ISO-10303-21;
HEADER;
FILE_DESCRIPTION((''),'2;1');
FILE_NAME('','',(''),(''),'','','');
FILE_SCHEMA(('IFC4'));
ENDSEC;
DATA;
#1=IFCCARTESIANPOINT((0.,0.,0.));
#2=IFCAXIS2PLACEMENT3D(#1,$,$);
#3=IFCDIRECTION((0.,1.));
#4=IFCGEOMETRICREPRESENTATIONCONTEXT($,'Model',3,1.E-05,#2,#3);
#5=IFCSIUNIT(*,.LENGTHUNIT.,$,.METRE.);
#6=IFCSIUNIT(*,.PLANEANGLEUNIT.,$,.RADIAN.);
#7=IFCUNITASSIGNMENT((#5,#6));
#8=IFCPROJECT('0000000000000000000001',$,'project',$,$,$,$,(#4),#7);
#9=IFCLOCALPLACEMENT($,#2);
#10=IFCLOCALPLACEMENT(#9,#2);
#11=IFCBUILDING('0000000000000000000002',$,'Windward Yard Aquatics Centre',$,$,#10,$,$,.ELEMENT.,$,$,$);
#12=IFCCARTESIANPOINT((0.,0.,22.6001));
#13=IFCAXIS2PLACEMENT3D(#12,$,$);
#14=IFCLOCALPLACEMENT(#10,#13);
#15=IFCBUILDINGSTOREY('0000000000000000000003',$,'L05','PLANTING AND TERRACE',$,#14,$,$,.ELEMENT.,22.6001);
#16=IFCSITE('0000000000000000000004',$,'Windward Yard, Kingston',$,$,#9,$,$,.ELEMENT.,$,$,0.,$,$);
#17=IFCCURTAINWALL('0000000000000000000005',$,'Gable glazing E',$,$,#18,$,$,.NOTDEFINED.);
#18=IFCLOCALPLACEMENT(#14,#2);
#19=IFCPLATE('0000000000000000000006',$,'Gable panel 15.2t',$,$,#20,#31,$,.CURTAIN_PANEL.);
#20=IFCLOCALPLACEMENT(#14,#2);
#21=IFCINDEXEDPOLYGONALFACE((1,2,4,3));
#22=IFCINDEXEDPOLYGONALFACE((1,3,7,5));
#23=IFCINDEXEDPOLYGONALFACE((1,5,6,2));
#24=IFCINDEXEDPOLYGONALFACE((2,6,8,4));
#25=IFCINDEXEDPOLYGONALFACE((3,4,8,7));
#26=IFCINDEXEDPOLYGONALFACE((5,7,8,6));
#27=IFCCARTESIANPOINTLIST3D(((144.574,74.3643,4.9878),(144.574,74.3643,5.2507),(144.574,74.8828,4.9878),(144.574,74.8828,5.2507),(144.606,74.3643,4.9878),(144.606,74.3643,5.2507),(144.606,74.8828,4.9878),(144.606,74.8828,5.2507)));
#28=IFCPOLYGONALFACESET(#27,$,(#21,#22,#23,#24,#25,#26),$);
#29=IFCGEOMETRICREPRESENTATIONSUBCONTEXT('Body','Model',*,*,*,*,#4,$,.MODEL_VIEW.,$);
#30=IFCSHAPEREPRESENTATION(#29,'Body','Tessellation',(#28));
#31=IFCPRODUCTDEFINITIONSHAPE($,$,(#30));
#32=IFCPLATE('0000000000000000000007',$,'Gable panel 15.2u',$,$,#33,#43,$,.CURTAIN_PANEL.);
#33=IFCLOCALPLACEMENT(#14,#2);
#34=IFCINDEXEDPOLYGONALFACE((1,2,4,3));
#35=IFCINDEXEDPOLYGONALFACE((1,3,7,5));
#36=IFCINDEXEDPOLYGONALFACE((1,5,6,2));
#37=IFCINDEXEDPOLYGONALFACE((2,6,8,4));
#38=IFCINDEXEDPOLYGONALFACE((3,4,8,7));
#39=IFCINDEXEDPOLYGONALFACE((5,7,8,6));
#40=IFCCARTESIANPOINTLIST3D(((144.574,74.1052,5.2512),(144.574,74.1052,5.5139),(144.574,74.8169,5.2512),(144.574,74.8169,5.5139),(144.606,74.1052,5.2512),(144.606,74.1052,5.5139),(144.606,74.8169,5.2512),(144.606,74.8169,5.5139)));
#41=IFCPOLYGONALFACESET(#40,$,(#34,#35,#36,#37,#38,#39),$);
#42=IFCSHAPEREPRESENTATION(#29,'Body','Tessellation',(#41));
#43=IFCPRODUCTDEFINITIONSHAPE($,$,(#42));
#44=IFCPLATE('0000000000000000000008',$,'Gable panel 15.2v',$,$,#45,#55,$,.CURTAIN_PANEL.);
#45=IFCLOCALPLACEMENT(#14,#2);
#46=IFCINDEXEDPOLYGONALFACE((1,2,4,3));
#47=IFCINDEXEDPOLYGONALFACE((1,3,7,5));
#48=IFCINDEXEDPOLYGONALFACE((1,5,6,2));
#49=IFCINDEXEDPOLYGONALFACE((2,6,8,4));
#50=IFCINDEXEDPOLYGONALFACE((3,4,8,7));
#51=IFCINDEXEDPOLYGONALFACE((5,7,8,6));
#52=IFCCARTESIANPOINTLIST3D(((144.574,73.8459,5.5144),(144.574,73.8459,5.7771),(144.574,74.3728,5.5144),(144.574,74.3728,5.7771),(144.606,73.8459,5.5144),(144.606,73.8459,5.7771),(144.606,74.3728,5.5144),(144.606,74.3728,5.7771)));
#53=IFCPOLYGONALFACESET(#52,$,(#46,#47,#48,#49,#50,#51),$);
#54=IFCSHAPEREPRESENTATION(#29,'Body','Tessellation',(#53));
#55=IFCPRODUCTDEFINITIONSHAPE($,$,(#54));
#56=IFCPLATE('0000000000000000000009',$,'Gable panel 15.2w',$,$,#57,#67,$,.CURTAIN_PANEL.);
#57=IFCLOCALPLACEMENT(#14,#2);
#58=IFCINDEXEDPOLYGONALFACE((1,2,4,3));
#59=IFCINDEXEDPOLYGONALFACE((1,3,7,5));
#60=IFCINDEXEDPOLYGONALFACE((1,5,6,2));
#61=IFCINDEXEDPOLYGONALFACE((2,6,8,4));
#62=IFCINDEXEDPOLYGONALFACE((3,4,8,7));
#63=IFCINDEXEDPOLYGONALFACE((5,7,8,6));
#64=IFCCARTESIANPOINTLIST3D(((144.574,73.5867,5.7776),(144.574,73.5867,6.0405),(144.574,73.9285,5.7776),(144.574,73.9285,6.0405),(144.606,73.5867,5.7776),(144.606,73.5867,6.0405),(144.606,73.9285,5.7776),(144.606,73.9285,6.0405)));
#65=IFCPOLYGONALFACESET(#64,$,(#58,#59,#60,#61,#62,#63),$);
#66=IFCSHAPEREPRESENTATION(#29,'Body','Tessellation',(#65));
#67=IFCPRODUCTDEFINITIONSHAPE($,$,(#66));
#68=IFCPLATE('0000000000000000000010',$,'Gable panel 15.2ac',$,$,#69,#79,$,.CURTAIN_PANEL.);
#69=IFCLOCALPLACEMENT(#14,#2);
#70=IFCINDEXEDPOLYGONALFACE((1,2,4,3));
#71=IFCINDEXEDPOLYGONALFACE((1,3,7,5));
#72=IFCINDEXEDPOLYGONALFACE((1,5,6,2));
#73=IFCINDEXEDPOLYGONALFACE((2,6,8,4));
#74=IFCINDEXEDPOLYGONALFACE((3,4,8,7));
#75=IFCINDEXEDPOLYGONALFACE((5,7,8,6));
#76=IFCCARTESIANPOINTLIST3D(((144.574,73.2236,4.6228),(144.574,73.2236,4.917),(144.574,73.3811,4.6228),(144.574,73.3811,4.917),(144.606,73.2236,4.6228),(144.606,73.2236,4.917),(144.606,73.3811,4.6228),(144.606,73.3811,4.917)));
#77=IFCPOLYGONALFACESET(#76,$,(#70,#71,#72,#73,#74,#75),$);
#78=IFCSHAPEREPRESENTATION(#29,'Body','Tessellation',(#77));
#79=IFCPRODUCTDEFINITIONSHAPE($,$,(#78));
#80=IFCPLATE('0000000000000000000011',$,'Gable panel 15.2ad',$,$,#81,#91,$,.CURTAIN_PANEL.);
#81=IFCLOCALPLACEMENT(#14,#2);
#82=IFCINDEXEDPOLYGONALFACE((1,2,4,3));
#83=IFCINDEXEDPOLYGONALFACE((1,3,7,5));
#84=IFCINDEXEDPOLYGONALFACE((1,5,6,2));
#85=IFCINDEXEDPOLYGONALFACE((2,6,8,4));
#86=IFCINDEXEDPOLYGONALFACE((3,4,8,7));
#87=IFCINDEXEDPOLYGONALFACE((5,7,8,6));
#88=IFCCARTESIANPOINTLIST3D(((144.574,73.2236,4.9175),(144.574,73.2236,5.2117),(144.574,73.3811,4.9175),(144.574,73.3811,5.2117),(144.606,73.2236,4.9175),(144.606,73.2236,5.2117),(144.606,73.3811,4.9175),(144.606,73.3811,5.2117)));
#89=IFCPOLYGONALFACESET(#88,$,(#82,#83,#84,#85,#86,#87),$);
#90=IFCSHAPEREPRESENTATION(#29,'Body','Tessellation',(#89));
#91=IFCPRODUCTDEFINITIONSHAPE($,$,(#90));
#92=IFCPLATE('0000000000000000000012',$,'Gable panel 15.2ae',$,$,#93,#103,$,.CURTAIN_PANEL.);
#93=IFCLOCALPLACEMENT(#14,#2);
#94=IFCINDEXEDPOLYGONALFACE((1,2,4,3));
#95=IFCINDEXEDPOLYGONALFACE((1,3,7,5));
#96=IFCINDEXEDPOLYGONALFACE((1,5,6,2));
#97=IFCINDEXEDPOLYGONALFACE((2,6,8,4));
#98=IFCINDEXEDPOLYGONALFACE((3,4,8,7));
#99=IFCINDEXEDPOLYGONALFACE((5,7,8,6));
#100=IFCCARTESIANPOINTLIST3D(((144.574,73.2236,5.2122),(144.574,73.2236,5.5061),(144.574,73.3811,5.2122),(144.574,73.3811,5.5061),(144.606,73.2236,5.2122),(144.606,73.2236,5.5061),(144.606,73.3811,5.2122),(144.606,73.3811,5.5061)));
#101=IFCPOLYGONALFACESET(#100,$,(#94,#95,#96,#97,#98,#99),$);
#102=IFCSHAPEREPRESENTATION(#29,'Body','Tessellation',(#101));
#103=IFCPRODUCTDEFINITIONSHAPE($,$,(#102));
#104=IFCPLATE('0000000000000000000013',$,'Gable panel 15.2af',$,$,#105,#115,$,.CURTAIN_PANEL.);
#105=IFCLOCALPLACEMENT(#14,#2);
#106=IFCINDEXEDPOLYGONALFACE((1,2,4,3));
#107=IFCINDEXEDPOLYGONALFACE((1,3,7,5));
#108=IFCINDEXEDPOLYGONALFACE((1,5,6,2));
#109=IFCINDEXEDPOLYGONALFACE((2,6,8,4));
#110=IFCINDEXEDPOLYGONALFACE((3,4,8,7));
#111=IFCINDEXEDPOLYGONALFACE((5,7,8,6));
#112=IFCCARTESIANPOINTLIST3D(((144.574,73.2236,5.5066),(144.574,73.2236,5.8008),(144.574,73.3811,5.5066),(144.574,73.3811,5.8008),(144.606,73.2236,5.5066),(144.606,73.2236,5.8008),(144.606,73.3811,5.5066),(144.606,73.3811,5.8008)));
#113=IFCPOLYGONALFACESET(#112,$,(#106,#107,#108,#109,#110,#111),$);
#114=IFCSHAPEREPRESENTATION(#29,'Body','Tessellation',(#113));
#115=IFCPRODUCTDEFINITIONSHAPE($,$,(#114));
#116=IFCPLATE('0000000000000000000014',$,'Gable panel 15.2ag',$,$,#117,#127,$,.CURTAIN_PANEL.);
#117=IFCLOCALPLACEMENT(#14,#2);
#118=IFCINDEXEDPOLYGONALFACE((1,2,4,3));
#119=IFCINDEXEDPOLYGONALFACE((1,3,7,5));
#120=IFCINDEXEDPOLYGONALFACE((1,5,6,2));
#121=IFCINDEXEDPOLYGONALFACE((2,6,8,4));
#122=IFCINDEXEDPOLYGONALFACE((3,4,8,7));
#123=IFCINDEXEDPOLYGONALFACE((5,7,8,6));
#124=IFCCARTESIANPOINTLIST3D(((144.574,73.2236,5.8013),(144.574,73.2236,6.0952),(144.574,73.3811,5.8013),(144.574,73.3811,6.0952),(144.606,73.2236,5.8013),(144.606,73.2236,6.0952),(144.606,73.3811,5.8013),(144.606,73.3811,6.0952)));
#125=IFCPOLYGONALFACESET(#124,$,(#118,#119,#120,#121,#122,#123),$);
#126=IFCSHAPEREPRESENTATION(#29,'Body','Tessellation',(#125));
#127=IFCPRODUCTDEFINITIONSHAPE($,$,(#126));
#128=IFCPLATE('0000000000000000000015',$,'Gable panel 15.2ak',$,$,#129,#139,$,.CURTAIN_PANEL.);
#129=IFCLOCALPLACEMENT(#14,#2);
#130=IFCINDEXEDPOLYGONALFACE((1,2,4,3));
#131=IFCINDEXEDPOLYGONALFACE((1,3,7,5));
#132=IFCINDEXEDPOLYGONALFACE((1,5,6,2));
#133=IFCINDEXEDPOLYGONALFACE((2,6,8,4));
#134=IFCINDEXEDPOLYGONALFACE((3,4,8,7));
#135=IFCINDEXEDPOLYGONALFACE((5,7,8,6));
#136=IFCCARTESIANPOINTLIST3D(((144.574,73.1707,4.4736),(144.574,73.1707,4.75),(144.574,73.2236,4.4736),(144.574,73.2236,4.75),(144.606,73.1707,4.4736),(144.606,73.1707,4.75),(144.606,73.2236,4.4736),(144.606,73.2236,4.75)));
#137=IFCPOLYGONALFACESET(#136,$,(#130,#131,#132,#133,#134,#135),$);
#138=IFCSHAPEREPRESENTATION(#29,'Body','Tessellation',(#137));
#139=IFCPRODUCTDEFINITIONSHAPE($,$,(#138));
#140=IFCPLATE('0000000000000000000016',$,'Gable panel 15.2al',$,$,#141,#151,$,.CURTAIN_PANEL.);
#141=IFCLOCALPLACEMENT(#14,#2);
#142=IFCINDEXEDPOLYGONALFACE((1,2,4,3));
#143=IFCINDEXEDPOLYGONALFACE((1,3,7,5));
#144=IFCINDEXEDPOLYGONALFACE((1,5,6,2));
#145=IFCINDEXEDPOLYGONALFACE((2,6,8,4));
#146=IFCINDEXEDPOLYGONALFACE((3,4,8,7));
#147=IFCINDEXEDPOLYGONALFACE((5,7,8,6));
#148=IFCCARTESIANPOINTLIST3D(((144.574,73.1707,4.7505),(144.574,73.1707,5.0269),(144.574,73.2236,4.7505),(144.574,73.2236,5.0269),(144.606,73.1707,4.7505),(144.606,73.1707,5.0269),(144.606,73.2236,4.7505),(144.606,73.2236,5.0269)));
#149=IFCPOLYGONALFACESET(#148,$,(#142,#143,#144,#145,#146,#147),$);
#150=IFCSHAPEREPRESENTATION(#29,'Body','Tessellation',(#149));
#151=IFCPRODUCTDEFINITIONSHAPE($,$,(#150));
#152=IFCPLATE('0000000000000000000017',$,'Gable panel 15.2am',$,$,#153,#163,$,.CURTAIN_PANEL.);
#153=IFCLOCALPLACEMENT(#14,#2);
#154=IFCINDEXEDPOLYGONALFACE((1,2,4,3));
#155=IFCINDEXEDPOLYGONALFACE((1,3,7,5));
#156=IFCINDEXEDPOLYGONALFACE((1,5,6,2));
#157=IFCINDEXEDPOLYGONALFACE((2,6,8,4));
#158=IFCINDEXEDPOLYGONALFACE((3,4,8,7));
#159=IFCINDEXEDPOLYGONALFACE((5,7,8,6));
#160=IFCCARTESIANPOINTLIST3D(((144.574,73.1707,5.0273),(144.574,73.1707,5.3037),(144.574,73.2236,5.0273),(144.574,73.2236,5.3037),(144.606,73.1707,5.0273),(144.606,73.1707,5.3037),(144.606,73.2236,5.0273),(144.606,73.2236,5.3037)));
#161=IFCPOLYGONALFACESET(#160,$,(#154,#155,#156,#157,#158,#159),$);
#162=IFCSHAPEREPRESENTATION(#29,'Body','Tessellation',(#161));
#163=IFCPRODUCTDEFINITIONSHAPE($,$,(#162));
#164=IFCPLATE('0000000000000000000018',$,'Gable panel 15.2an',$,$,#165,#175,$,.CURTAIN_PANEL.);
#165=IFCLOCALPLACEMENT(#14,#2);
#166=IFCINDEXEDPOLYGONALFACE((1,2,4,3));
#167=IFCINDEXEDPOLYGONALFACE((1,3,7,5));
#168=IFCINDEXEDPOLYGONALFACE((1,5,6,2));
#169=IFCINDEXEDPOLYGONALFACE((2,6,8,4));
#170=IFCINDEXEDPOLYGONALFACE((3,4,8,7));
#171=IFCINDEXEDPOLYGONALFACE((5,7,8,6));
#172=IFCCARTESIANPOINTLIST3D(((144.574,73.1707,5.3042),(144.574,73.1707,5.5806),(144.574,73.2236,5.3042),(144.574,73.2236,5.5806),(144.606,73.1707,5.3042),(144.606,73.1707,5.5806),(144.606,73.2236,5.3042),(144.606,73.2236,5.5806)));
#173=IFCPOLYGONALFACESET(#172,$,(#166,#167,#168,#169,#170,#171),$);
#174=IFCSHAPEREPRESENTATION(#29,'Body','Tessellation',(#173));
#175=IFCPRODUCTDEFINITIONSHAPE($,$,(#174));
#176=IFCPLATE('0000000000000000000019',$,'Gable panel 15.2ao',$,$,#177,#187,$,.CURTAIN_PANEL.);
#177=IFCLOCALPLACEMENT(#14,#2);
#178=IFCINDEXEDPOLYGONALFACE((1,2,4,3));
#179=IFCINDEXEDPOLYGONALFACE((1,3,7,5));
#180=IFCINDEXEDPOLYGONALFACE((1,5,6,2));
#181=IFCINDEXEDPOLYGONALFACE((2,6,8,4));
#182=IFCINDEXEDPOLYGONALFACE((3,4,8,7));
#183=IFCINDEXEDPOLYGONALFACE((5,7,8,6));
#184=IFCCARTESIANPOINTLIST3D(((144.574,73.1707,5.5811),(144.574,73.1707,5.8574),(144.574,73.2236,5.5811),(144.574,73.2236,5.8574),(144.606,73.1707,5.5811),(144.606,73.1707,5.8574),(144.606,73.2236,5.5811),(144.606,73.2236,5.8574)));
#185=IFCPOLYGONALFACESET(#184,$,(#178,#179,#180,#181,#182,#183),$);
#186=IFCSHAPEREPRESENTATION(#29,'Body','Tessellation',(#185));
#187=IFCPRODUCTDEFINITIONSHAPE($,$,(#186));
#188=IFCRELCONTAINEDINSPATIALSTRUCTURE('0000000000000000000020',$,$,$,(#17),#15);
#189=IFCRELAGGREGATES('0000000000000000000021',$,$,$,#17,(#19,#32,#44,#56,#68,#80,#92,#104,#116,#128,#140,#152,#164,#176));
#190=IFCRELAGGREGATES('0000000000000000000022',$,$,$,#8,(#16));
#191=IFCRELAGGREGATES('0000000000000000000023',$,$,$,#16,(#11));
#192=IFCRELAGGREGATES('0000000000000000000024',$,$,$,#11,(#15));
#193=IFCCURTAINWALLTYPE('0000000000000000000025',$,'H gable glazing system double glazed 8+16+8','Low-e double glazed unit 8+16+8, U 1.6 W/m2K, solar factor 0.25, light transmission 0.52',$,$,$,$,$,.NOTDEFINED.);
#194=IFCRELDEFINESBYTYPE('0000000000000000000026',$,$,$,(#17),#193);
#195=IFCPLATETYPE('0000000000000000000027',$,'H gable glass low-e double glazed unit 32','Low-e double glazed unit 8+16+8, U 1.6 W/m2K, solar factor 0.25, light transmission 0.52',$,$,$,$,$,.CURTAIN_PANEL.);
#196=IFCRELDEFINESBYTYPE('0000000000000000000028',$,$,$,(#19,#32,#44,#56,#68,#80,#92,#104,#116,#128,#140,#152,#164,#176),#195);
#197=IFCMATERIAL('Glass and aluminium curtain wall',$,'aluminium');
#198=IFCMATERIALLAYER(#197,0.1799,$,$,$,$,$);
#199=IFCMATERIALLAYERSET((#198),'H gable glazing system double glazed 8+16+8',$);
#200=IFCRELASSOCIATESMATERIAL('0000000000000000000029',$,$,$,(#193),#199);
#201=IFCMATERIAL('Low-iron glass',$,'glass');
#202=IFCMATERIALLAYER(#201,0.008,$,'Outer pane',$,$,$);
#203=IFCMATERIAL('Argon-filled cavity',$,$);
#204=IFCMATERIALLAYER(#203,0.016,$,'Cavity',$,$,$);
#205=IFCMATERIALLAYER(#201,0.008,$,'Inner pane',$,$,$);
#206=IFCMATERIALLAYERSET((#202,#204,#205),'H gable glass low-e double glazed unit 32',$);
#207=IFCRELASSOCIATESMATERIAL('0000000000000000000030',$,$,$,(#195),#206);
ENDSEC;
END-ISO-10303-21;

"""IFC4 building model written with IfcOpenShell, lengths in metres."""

from ifc_helpers import new_model, si_unit, direction, frame, origin, place, context, subcontext, project, spatial, polyline, outline, extrude, material, layer, layer_set, type_object, element, aggregate, save


model = new_model("IFC4")

# Units and contexts
model_context = context("Model", 3, precision=1e-05, world=origin(), true_north=direction((0.0, 1.0)))
body_context = subcontext(model_context, "Body", "Model", "MODEL_VIEW")
ifc_project = project(units=[si_unit("LENGTHUNIT", "METRE"), si_unit("PLANEANGLEUNIT", "RADIAN")], contexts=[model_context])

# Site, building, storey
site_placement = place(None, origin())
site = spatial("IfcSite", under=ifc_project, at=site_placement, Name="Windward Yard, Kingston", CompositionType="ELEMENT", RefElevation=0.0)
building_placement = place(site_placement, origin())
building = spatial("IfcBuilding", under=site, at=building_placement, Name="Windward Yard Aquatics Centre", CompositionType="ELEMENT")
storey_placement = place(building_placement, frame((0.0, 0.0, 22.6001)))
storey = spatial("IfcBuildingStorey", under=building, at=storey_placement, Name="L05", Description="PLANTING AND TERRACE", CompositionType="ELEMENT", Elevation=22.6001)

# Curtain wall, plates
ifc_material_1 = material(Name="Glass and aluminium curtain wall", Category="aluminium")
ifc_layer_1 = layer(ifc_material_1, 0.1799)
ifc_layer_set_1 = layer_set([ifc_layer_1], Name="H gable glazing system double glazed 8+16+8")
curtain_wall_type = type_object("IfcCurtainWallType", Name="H gable glazing system double glazed 8+16+8", Description="Low-e double glazed unit 8+16+8, U 1.6 W/m2K, solar factor 0.25, light transmission 0.52", PredefinedType="NOTDEFINED", material=ifc_layer_set_1)
curtain_wall_placement = place(storey_placement, origin())
curtain_wall = element("IfcCurtainWall", 1, at=curtain_wall_placement, inside=storey, type_object=curtain_wall_type, Name="Gable glazing E", PredefinedType="NOTDEFINED")
ifc_material_2 = material(Name="Low-iron glass", Category="glass")
ifc_layer_2 = layer(ifc_material_2, 0.008, Name="Outer pane")
ifc_material_3 = material(Name="Argon-filled cavity")
ifc_layer_3 = layer(ifc_material_3, 0.016, Name="Cavity")
ifc_layer_4 = layer(ifc_material_2, 0.008, Name="Inner pane")
ifc_layer_set_2 = layer_set([ifc_layer_2, ifc_layer_3, ifc_layer_4], Name="H gable glass low-e double glazed unit 32")
plate_type = type_object("IfcPlateType", Name="H gable glass low-e double glazed unit 32", Description="Low-e double glazed unit 8+16+8, U 1.6 W/m2K, solar factor 0.25, light transmission 0.52", PredefinedType="CURTAIN_PANEL", material=ifc_layer_set_2)
plate_1_placement = place(storey_placement, frame((144.606, 74.3643, 4.9878), z_axis=(1.0, 0.0, 0.0), x_axis=(0.0, 1.0, 0.0)))
plate_1 = element("IfcPlate", 2, at=plate_1_placement, type_object=plate_type, Name="Gable panel 15.2t", PredefinedType="CURTAIN_PANEL", context=body_context, shape_type="SweptSolid", body=[
    extrude(outline(polyline([(0.0, 0.0), (0.5186, 0.0), (0.5186, 0.2629), (0.0, 0.2629), (0.0, 0.0)])), origin(), (0.0, 0.0, -1.0), 0.032),
])
plate_2_placement = place(storey_placement, frame((144.606, 74.1052, 5.2512), z_axis=(1.0, 0.0, 0.0), x_axis=(0.0, 1.0, 0.0)))
plate_2 = element("IfcPlate", 3, at=plate_2_placement, type_object=plate_type, Name="Gable panel 15.2u", PredefinedType="CURTAIN_PANEL", context=body_context, shape_type="SweptSolid", body=[
    extrude(outline(polyline([(0.0, 0.0), (0.7117, 0.0), (0.7117, 0.2627), (0.0, 0.2627), (0.0, 0.0)])), origin(), (0.0, 0.0, -1.0), 0.032),
])
plate_3_placement = place(storey_placement, frame((144.606, 73.8459, 5.5144), z_axis=(1.0, 0.0, 0.0), x_axis=(0.0, 1.0, 0.0)))
plate_3 = element("IfcPlate", 4, at=plate_3_placement, type_object=plate_type, Name="Gable panel 15.2v", PredefinedType="CURTAIN_PANEL", context=body_context, shape_type="SweptSolid", body=[
    extrude(outline(polyline([(0.0, 0.0), (0.5269, 0.0), (0.5269, 0.2627), (0.0, 0.2627), (0.0, 0.0)])), origin(), (0.0, 0.0, -1.0), 0.032),
])
plate_4_placement = place(storey_placement, frame((144.606, 73.5867, 5.7776), z_axis=(1.0, 0.0, 0.0), x_axis=(0.0, 1.0, 0.0)))
plate_4 = element("IfcPlate", 5, at=plate_4_placement, type_object=plate_type, Name="Gable panel 15.2w", PredefinedType="CURTAIN_PANEL", context=body_context, shape_type="SweptSolid", body=[
    extrude(outline(polyline([(0.0, 0.0), (0.3418, 0.0), (0.3418, 0.2629), (0.0, 0.2629), (0.0, 0.0)])), origin(), (0.0, 0.0, -1.0), 0.032),
])
plate_5_placement = place(storey_placement, frame((144.606, 73.2236, 4.6228), z_axis=(1.0, 0.0, 0.0), x_axis=(0.0, 1.0, 0.0)))
plate_5 = element("IfcPlate", 6, at=plate_5_placement, type_object=plate_type, Name="Gable panel 15.2ac", PredefinedType="CURTAIN_PANEL", context=body_context, shape_type="SweptSolid", body=[
    extrude(outline(polyline([(0.0, 0.0), (0.1575, 0.0), (0.1575, 0.2942), (0.0, 0.2942), (0.0, 0.0)])), origin(), (0.0, 0.0, -1.0), 0.032),
])
plate_6_placement = place(storey_placement, frame((144.606, 73.2236, 4.9175), z_axis=(1.0, 0.0, 0.0), x_axis=(0.0, 1.0, 0.0)))
plate_6 = element("IfcPlate", 7, at=plate_6_placement, type_object=plate_type, Name="Gable panel 15.2ad", PredefinedType="CURTAIN_PANEL", context=body_context, shape_type="SweptSolid", body=[
    extrude(outline(polyline([(0.0, 0.0), (0.1575, 0.0), (0.1575, 0.2942), (0.0, 0.2942), (0.0, 0.0)])), origin(), (0.0, 0.0, -1.0), 0.032),
])
plate_7_placement = place(storey_placement, frame((144.606, 73.2236, 5.2122), z_axis=(1.0, 0.0, 0.0), x_axis=(0.0, 1.0, 0.0)))
plate_7 = element("IfcPlate", 8, at=plate_7_placement, type_object=plate_type, Name="Gable panel 15.2ae", PredefinedType="CURTAIN_PANEL", context=body_context, shape_type="SweptSolid", body=[
    extrude(outline(polyline([(0.0, 0.0), (0.1575, 0.0), (0.1575, 0.2939), (0.0, 0.2939), (0.0, 0.0)])), origin(), (0.0, 0.0, -1.0), 0.032),
])
plate_8_placement = place(storey_placement, frame((144.606, 73.2236, 5.5066), z_axis=(1.0, 0.0, 0.0), x_axis=(0.0, 1.0, 0.0)))
plate_8 = element("IfcPlate", 9, at=plate_8_placement, type_object=plate_type, Name="Gable panel 15.2af", PredefinedType="CURTAIN_PANEL", context=body_context, shape_type="SweptSolid", body=[
    extrude(outline(polyline([(0.0, 0.0), (0.1575, 0.0), (0.1575, 0.2942), (0.0, 0.2942), (0.0, 0.0)])), origin(), (0.0, 0.0, -1.0), 0.032),
])
plate_9_placement = place(storey_placement, frame((144.606, 73.2236, 5.8013), z_axis=(1.0, 0.0, 0.0), x_axis=(0.0, 1.0, 0.0)))
plate_9 = element("IfcPlate", 10, at=plate_9_placement, type_object=plate_type, Name="Gable panel 15.2ag", PredefinedType="CURTAIN_PANEL", context=body_context, shape_type="SweptSolid", body=[
    extrude(outline(polyline([(0.0, 0.0), (0.1575, 0.0), (0.1575, 0.2939), (0.0, 0.2939), (0.0, 0.0)])), origin(), (0.0, 0.0, -1.0), 0.032),
])
plate_10_placement = place(storey_placement, frame((144.606, 73.1707, 4.4736), z_axis=(1.0, 0.0, 0.0), x_axis=(0.0, 1.0, 0.0)))
plate_10 = element("IfcPlate", 11, at=plate_10_placement, type_object=plate_type, Name="Gable panel 15.2ak", PredefinedType="CURTAIN_PANEL", context=body_context, shape_type="SweptSolid", body=[
    extrude(outline(polyline([(0.0, 0.0), (0.053, 0.0), (0.053, 0.2764), (0.0, 0.2764), (0.0, 0.0)])), origin(), (0.0, 0.0, -1.0), 0.032),
])
plate_11_placement = place(storey_placement, frame((144.606, 73.1707, 4.7505), z_axis=(1.0, 0.0, 0.0), x_axis=(0.0, 1.0, 0.0)))
plate_11 = element("IfcPlate", 12, at=plate_11_placement, type_object=plate_type, Name="Gable panel 15.2al", PredefinedType="CURTAIN_PANEL", context=body_context, shape_type="SweptSolid", body=[
    extrude(outline(polyline([(0.0, 0.0), (0.053, 0.0), (0.053, 0.2764), (0.0, 0.2764), (0.0, 0.0)])), origin(), (0.0, 0.0, -1.0), 0.032),
])
plate_12_placement = place(storey_placement, frame((144.606, 73.1707, 5.0273), z_axis=(1.0, 0.0, 0.0), x_axis=(0.0, 1.0, 0.0)))
plate_12 = element("IfcPlate", 13, at=plate_12_placement, type_object=plate_type, Name="Gable panel 15.2am", PredefinedType="CURTAIN_PANEL", context=body_context, shape_type="SweptSolid", body=[
    extrude(outline(polyline([(0.0, 0.0), (0.053, 0.0), (0.053, 0.2764), (0.0, 0.2764), (0.0, 0.0)])), origin(), (0.0, 0.0, -1.0), 0.032),
])
plate_13_placement = place(storey_placement, frame((144.606, 73.1707, 5.3042), z_axis=(1.0, 0.0, 0.0), x_axis=(0.0, 1.0, 0.0)))
plate_13 = element("IfcPlate", 14, at=plate_13_placement, type_object=plate_type, Name="Gable panel 15.2an", PredefinedType="CURTAIN_PANEL", context=body_context, shape_type="SweptSolid", body=[
    extrude(outline(polyline([(0.0, 0.0), (0.053, 0.0), (0.053, 0.2764), (0.0, 0.2764), (0.0, 0.0)])), origin(), (0.0, 0.0, -1.0), 0.032),
])
plate_14_placement = place(storey_placement, frame((144.606, 73.1707, 5.5811), z_axis=(1.0, 0.0, 0.0), x_axis=(0.0, 1.0, 0.0)))
plate_14 = element("IfcPlate", 15, at=plate_14_placement, type_object=plate_type, Name="Gable panel 15.2ao", PredefinedType="CURTAIN_PANEL", context=body_context, shape_type="SweptSolid", body=[
    extrude(outline(polyline([(0.0, 0.0), (0.053, 0.0), (0.053, 0.2764), (0.0, 0.2764), (0.0, 0.0)])), origin(), (0.0, 0.0, -1.0), 0.032),
])
aggregate(curtain_wall, [plate_1, plate_2, plate_3, plate_4, plate_5, plate_6, plate_7, plate_8, plate_9, plate_10, plate_11, plate_12, plate_13, plate_14])

save(model, "model.ifc")
